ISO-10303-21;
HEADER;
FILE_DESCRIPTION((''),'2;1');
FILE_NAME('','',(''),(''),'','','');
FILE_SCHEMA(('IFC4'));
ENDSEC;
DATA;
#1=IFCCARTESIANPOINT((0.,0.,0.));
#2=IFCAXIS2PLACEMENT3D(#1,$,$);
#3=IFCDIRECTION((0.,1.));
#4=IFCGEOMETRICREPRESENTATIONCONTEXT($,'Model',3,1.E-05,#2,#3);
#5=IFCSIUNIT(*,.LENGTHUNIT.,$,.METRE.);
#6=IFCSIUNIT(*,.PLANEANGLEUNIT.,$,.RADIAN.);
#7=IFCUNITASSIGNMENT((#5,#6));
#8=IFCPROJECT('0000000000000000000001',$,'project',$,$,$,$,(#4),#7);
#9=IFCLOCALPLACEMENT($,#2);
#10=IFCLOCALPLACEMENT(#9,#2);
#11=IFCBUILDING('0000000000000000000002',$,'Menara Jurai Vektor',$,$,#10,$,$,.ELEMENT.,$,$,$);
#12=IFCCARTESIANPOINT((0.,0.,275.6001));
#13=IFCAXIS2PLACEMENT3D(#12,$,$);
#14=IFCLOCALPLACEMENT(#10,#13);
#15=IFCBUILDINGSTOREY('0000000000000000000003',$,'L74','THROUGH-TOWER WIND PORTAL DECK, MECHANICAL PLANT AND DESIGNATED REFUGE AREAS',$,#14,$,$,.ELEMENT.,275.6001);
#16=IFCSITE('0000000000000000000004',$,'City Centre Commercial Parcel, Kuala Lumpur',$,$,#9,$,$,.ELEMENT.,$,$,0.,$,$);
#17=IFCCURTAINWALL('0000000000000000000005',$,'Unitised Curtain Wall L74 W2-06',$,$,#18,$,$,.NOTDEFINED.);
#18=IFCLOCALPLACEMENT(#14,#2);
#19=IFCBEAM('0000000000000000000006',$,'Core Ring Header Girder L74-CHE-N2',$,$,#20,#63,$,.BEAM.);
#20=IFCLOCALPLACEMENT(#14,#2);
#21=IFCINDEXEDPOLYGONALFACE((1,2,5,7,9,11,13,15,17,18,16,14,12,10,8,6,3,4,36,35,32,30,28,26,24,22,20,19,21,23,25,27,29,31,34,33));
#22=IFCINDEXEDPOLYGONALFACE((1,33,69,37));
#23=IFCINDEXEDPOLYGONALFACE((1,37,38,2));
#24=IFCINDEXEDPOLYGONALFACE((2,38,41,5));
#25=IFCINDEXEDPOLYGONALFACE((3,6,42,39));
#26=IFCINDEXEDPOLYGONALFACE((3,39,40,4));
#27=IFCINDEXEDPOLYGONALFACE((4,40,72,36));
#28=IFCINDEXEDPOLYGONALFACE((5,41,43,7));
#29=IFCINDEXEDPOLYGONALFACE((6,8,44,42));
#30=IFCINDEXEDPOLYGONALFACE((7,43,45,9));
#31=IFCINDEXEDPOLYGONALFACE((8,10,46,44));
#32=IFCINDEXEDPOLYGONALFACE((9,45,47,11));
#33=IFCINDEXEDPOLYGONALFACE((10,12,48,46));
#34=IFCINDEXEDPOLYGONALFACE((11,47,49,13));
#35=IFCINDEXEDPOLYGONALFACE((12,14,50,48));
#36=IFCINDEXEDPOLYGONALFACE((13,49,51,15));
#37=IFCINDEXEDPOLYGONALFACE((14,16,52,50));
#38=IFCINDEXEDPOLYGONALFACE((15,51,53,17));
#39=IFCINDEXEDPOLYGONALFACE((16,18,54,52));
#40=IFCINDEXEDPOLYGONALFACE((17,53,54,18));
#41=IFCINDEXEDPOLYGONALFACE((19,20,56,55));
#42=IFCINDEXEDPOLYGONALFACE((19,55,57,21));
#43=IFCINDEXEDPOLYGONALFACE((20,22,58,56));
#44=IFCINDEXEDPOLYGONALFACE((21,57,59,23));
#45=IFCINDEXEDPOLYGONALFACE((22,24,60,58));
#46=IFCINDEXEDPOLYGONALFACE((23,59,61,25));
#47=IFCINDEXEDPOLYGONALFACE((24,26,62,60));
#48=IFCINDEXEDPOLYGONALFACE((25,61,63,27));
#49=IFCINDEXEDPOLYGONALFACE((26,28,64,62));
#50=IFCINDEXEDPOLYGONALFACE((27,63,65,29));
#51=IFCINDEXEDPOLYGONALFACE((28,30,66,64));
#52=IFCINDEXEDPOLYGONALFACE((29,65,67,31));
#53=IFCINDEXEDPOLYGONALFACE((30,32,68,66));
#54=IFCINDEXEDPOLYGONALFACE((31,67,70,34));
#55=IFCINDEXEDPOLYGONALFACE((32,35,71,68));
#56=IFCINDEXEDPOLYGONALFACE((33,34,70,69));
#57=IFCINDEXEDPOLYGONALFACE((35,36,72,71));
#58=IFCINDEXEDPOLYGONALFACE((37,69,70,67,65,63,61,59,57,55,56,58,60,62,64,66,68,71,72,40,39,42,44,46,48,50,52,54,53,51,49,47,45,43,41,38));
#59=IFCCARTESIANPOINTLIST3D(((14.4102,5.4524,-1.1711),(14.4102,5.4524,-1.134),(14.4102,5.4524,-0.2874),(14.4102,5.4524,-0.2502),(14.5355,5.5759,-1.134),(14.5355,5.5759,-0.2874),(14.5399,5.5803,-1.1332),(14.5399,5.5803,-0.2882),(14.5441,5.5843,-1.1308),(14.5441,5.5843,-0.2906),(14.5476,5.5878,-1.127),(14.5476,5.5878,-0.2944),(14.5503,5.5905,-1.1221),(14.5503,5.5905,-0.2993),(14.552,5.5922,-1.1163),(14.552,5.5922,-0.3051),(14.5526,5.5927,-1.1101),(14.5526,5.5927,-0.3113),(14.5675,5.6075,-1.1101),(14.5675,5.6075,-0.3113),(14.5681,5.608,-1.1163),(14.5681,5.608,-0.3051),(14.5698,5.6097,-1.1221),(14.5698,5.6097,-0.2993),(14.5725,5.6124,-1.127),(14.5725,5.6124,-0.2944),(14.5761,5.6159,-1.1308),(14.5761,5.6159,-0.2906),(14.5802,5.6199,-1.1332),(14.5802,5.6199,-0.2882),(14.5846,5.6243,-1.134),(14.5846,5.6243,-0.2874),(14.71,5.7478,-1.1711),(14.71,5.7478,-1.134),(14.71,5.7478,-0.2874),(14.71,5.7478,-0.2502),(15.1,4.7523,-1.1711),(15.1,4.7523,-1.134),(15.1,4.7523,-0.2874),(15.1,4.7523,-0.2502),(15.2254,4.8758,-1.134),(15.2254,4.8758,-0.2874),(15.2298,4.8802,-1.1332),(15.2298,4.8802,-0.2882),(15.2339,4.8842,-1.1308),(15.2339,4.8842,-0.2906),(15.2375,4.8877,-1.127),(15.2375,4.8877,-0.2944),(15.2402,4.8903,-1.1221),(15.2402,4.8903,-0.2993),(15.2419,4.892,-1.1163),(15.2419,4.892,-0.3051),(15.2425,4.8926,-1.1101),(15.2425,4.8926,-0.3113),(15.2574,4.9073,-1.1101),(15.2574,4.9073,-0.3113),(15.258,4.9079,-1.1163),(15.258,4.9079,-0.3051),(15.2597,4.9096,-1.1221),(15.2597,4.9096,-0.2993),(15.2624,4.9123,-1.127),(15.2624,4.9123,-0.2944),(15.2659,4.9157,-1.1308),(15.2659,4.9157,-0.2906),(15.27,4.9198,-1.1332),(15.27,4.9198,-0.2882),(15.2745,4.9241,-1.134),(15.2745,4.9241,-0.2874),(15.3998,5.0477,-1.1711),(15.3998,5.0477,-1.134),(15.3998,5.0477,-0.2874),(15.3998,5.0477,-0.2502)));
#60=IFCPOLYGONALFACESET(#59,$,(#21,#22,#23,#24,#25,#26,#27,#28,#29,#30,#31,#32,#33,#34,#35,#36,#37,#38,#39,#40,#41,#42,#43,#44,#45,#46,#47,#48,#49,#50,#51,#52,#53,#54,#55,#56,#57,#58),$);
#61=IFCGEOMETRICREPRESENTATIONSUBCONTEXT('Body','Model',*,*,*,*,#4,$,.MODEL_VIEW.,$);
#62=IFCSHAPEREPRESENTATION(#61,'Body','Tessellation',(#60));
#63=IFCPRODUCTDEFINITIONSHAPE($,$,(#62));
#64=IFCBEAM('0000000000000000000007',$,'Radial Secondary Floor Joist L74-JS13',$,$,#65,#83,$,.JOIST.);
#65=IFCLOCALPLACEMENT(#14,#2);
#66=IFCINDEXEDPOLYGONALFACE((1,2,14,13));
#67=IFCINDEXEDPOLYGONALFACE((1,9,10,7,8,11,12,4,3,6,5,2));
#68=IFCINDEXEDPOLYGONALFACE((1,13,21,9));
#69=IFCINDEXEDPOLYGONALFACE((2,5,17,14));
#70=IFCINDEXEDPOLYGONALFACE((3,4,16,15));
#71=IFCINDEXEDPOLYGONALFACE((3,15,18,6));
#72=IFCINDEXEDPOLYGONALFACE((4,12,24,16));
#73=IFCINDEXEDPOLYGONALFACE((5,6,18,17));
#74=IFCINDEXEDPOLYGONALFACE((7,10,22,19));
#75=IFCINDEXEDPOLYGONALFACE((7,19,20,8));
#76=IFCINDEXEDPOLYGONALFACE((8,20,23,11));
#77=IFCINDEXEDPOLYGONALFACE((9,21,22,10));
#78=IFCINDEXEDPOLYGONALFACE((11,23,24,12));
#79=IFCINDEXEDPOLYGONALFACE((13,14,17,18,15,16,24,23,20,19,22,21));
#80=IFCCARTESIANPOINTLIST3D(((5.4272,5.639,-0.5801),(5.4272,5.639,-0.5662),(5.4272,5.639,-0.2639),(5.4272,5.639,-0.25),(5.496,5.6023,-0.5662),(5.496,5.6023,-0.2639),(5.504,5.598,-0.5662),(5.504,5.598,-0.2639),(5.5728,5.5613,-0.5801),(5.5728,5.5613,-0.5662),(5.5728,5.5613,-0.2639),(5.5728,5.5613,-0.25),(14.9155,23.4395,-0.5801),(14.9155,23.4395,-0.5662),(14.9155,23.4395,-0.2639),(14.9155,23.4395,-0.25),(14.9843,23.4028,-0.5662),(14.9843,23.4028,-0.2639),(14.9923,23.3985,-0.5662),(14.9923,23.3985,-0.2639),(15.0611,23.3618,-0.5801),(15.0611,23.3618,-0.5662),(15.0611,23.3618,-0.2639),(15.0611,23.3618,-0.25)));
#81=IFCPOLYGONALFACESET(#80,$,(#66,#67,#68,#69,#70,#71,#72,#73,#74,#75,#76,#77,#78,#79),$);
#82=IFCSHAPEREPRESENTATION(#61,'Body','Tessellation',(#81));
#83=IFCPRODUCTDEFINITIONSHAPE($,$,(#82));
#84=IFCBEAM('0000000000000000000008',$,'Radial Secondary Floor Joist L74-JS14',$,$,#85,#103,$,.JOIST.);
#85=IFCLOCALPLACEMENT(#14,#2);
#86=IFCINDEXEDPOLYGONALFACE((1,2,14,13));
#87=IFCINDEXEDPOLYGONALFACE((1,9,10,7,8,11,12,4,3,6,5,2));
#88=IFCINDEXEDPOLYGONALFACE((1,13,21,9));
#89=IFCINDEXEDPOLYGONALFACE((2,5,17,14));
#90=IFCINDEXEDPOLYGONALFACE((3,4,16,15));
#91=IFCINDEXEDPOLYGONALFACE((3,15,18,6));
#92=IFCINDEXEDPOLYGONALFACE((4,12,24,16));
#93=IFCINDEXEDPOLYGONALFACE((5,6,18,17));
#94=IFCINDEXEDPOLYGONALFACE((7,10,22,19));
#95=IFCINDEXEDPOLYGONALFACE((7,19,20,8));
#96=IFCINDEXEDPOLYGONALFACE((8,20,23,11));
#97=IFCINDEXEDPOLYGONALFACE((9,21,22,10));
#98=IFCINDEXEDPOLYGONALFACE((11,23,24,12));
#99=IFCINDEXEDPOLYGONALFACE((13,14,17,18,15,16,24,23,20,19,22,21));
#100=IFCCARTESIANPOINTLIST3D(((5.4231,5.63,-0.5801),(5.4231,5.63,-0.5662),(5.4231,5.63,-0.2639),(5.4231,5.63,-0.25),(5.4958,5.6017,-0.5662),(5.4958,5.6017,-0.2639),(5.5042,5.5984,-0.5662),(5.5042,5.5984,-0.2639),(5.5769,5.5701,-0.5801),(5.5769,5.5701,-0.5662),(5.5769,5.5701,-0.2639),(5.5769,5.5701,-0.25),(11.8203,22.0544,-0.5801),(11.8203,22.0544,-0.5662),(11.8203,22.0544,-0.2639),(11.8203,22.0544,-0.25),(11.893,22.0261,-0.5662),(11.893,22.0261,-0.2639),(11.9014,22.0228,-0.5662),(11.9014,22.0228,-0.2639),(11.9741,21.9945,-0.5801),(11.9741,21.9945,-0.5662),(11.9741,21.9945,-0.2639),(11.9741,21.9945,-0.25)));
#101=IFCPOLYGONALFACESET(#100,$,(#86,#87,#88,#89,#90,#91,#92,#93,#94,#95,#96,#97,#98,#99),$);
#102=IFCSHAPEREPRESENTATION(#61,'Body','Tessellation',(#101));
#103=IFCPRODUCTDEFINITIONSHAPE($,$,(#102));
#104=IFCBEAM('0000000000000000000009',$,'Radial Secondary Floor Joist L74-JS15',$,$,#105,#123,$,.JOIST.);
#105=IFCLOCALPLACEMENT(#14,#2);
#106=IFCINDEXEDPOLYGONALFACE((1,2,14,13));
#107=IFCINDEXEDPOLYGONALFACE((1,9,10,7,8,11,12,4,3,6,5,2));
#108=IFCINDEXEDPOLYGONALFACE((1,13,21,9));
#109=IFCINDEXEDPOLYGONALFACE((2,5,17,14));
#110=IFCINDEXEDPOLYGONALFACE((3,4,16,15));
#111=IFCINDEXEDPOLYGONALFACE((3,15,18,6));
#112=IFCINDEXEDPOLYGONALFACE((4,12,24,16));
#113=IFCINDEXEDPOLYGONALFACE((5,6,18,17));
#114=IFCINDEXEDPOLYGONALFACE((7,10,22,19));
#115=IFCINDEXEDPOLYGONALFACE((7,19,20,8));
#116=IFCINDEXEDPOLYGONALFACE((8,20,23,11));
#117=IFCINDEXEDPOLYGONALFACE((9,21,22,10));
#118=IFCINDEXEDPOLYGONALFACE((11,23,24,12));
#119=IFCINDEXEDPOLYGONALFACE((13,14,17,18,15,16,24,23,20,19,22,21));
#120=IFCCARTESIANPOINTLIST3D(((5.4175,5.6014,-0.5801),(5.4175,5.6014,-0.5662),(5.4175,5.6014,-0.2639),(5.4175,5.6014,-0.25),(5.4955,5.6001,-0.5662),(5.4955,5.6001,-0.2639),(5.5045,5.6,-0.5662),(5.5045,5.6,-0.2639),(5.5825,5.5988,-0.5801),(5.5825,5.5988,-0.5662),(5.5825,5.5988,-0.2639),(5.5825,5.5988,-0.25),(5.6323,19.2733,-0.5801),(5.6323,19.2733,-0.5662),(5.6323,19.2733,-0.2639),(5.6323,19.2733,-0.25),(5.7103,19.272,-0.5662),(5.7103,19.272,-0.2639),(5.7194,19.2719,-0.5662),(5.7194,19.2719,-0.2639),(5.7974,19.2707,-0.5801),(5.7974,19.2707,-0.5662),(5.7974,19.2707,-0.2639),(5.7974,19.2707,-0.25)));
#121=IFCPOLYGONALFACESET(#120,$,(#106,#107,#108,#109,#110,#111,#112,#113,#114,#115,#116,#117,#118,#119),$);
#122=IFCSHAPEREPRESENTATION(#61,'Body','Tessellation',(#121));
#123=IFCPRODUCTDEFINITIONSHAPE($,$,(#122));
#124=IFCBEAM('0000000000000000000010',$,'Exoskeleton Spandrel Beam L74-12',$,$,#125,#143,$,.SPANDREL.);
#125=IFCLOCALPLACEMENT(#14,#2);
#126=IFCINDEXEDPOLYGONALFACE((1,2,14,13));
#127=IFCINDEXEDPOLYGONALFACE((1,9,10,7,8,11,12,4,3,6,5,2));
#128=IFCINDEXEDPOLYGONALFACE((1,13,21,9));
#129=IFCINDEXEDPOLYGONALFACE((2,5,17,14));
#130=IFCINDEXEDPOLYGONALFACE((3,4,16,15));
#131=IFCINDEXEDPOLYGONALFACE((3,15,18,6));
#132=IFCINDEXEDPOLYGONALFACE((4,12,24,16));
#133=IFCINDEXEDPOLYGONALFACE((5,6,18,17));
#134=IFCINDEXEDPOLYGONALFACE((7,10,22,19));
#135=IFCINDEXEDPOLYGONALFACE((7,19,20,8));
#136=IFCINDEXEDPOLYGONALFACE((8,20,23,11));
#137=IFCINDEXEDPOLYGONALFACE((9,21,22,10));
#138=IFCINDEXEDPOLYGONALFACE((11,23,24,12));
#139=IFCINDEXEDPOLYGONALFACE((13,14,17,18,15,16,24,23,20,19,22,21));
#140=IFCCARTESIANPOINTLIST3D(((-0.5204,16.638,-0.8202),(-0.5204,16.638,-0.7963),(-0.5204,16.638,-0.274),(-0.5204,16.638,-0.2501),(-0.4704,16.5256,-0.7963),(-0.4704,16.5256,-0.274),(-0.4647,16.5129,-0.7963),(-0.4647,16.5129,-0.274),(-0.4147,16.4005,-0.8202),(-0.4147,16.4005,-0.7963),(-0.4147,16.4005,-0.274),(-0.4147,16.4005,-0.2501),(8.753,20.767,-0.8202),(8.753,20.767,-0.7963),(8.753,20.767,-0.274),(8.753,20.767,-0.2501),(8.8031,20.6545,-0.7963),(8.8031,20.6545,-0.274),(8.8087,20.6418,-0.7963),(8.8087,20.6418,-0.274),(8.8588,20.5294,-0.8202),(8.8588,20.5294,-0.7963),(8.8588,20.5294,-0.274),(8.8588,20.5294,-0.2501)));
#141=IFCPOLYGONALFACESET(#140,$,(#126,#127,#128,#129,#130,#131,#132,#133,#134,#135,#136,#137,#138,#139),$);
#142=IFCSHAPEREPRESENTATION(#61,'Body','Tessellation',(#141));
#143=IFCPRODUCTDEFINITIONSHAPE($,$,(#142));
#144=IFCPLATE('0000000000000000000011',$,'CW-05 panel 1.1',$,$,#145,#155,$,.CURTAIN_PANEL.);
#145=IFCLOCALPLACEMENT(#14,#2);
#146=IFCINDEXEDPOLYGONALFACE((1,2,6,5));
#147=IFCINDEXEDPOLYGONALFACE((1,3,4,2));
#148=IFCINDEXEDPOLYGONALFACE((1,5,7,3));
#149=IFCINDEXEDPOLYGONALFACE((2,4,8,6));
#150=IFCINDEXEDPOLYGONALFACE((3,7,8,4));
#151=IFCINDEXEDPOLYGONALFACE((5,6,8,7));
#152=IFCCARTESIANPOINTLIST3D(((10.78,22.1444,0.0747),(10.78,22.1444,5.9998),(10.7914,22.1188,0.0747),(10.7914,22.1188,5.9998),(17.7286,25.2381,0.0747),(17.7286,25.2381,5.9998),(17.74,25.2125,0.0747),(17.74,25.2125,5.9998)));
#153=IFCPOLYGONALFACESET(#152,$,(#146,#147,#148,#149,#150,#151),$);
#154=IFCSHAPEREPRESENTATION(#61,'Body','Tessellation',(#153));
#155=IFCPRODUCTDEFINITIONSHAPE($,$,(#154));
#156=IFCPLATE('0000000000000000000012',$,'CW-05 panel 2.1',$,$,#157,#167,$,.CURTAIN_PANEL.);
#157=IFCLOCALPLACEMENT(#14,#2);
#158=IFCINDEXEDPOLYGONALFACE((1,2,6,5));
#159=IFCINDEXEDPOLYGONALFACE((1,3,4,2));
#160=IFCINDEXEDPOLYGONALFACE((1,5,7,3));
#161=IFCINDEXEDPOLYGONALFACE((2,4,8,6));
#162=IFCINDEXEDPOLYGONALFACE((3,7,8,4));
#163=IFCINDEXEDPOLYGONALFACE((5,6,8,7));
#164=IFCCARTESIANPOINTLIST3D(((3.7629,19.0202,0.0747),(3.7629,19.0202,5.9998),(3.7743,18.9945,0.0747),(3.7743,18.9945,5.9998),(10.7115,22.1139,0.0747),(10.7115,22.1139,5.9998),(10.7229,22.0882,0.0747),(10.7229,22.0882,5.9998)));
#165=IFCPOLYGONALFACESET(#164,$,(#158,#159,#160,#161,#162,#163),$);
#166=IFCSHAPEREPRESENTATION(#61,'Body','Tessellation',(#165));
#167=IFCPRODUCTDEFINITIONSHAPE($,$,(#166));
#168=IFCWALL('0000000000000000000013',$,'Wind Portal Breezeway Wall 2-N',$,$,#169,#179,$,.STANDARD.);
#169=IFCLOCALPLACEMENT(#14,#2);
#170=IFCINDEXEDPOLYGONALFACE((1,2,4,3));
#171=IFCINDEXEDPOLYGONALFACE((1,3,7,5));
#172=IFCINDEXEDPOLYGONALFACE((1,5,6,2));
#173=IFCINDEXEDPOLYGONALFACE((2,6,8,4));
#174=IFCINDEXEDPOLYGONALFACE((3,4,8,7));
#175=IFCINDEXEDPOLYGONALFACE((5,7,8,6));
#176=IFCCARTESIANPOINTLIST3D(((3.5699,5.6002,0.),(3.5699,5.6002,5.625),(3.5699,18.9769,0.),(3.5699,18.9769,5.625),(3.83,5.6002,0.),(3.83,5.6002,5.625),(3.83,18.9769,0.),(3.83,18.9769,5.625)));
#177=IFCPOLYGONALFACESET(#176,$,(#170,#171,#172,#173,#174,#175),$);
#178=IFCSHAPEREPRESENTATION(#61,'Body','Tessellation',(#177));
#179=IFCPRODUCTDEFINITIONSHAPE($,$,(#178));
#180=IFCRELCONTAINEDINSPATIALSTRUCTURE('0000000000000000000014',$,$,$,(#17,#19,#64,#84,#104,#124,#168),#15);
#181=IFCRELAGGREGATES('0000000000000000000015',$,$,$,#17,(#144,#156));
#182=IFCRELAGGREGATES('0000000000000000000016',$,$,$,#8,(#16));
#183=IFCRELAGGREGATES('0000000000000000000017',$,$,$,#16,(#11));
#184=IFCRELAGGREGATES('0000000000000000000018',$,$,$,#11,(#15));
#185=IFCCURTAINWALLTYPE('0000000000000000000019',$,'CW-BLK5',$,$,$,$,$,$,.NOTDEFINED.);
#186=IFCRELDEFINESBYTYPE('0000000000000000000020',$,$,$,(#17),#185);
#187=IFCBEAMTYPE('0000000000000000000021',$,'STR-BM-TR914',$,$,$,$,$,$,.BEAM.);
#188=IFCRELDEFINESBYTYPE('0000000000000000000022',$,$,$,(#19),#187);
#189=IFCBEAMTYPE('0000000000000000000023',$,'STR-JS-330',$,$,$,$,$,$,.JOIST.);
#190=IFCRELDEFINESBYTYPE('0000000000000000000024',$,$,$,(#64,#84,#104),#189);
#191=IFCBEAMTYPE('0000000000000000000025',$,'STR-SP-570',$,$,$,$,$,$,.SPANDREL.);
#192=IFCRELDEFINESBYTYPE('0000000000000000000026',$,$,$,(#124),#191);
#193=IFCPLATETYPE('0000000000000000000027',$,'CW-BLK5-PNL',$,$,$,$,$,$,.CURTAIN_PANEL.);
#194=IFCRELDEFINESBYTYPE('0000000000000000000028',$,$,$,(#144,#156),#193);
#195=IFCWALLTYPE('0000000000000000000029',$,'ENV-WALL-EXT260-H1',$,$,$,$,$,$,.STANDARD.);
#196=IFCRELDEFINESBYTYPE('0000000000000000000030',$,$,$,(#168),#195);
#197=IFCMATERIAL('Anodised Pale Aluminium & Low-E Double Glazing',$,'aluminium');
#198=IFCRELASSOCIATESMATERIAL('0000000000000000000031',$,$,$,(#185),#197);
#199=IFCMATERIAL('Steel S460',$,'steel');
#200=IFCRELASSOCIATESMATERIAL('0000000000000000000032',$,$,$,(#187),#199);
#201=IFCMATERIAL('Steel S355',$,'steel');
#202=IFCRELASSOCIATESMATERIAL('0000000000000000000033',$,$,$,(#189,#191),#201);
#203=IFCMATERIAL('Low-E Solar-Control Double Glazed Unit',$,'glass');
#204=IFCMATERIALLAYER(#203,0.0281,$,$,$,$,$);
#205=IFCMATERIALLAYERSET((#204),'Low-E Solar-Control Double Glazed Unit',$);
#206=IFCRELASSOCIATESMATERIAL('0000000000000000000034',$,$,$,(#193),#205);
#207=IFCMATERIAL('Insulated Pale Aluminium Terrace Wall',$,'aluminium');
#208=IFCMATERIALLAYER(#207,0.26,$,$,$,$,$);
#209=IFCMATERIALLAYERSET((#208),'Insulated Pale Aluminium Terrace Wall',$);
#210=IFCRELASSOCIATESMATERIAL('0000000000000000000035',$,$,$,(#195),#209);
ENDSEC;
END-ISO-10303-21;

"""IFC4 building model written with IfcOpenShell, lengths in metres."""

from ifc_helpers import new_model, si_unit, direction, frame, frame_2d, origin, origin_2d, place, context, subcontext, project, spatial, rectangle, i_section, extrude, material, layer, layer_set, material_profile, profile_set, type_object, element, aggregate, save


model = new_model("IFC4")

# Units and contexts
model_context = context("Model", 3, precision=1e-05, world=origin(), true_north=direction((0.0, 1.0)))
body_context = subcontext(model_context, "Body", "Model", "MODEL_VIEW")
ifc_project = project(units=[si_unit("LENGTHUNIT", "METRE"), si_unit("PLANEANGLEUNIT", "RADIAN")], contexts=[model_context])

# Site, building, storey
site_placement = place(None, origin())
site = spatial("IfcSite", under=ifc_project, at=site_placement, Name="City Centre Commercial Parcel, Kuala Lumpur", CompositionType="ELEMENT", RefElevation=0.0)
building_placement = place(site_placement, origin())
building = spatial("IfcBuilding", under=site, at=building_placement, Name="Menara Jurai Vektor", CompositionType="ELEMENT")
storey_placement = place(building_placement, frame((0.0, 0.0, 275.6001)))
storey = spatial("IfcBuildingStorey", under=building, at=storey_placement, Name="L74", Description="THROUGH-TOWER WIND PORTAL DECK, MECHANICAL PLANT AND DESIGNATED REFUGE AREAS", CompositionType="ELEMENT", Elevation=275.6001)

# Shared definitions
ifc_material_1 = material(Name="Steel S460", Category="steel")
ifc_material_2 = material(Name="Steel S355", Category="steel")

# Curtain wall
ifc_material_3 = material(Name="Anodised Pale Aluminium & Low-E Double Glazing", Category="aluminium")
curtain_wall_type = type_object("IfcCurtainWallType", Name="CW-BLK5", PredefinedType="NOTDEFINED", material=ifc_material_3)
curtain_wall_placement = place(storey_placement, origin())
curtain_wall = element("IfcCurtainWall", 1, at=curtain_wall_placement, inside=storey, type_object=curtain_wall_type, Name="Unitised Curtain Wall L74 W2-06", PredefinedType="NOTDEFINED")

# Beams
ifc_material_profile_1 = material_profile(ifc_material_1, i_section(OverallWidth=0.4209, OverallDepth=0.9209, WebThickness=0.021, FlangeThickness=0.0371, FilletRadius=0.0239, at=origin_2d()), Name="UKB 914x419x388")
ifc_profile_set_1 = profile_set([ifc_material_profile_1], Name="Steel S460")
beam_type_1 = type_object("IfcBeamType", Name="STR-BM-TR914", PredefinedType="BEAM", material=ifc_profile_set_1)
beam_1_placement = place(storey_placement, frame((14.5601, 5.6001, -0.7107), z_axis=(0.701872, -0.712303, 0.0), x_axis=(0.712303, 0.701872, 0.0)))
element("IfcBeam", 2, at=beam_1_placement, inside=storey, type_object=beam_type_1, Name="Core Ring Header Girder L74-CHE-N2", PredefinedType="BEAM", context=body_context, shape_type="SweptSolid", body=[
    extrude(i_section(OverallWidth=0.4209, OverallDepth=0.9209, WebThickness=0.021, FlangeThickness=0.0371, FilletRadius=0.0239, at=origin_2d()), origin(), (0.0, 0.0, 1.0), 0.9829),
])
ifc_material_profile_2 = material_profile(ifc_material_2, i_section(OverallWidth=0.165, OverallDepth=0.3301, WebThickness=0.009, FlangeThickness=0.0139, at=origin_2d()), Name="PG 330x165x46")
ifc_profile_set_2 = profile_set([ifc_material_profile_2], Name="Steel S355")
beam_type_2 = type_object("IfcBeamType", Name="STR-JS-330", PredefinedType="JOIST", material=ifc_profile_set_2)
beam_2_placement = place(storey_placement, frame((14.9883, 23.4006, -0.415), z_axis=(-0.470382, -0.882463, 0.0), x_axis=(0.882463, -0.470382, 0.0)))
element("IfcBeam", 3, at=beam_2_placement, inside=storey, type_object=beam_type_2, Name="Radial Secondary Floor Joist L74-JS13", PredefinedType="JOIST", context=body_context, shape_type="SweptSolid", body=[
    extrude(i_section(OverallWidth=0.165, OverallDepth=0.3301, WebThickness=0.009, FlangeThickness=0.0139, at=origin_2d()), origin(), (0.0, 0.0, 1.0), 20.1714),
])
beam_3_placement = place(storey_placement, frame((11.8972, 22.0244, -0.415), z_axis=(-0.362938, -0.931813, 0.0), x_axis=(0.931813, -0.362938, 0.0)))
element("IfcBeam", 4, at=beam_3_placement, inside=storey, type_object=beam_type_2, Name="Radial Secondary Floor Joist L74-JS14", PredefinedType="JOIST", context=body_context, shape_type="SweptSolid", body=[
    extrude(i_section(OverallWidth=0.165, OverallDepth=0.3301, WebThickness=0.009, FlangeThickness=0.0139, at=origin_2d()), origin(), (0.0, 0.0, 1.0), 17.6262),
])
beam_4_placement = place(storey_placement, frame((5.7148, 19.272, -0.415), z_axis=(-0.015712, -0.999877, 0.0), x_axis=(0.999877, -0.015712, 0.0)))
element("IfcBeam", 5, at=beam_4_placement, inside=storey, type_object=beam_type_2, Name="Radial Secondary Floor Joist L74-JS15", PredefinedType="JOIST", context=body_context, shape_type="SweptSolid", body=[
    extrude(i_section(OverallWidth=0.165, OverallDepth=0.3301, WebThickness=0.009, FlangeThickness=0.0139, at=origin_2d()), origin(), (0.0, 0.0, 1.0), 13.6736),
])
ifc_material_profile_3 = material_profile(ifc_material_2, i_section(OverallWidth=0.26, OverallDepth=0.5701, WebThickness=0.0139, FlangeThickness=0.0239, at=origin_2d()), Name="PG 570x260x145")
ifc_profile_set_3 = profile_set([ifc_material_profile_3], Name="Steel S355")
beam_type_3 = type_object("IfcBeamType", Name="STR-SP-570", PredefinedType="SPANDREL", material=ifc_profile_set_3)
beam_5_placement = place(storey_placement, frame((8.8059, 20.6482, -0.5352), z_axis=(-0.913542, -0.406745, 0.0), x_axis=(0.406745, -0.913542, 0.0)))
element("IfcBeam", 6, at=beam_5_placement, inside=storey, type_object=beam_type_3, Name="Exoskeleton Spandrel Beam L74-12", PredefinedType="SPANDREL", context=body_context, shape_type="SweptSolid", body=[
    extrude(i_section(OverallWidth=0.26, OverallDepth=0.5701, WebThickness=0.0139, FlangeThickness=0.0239, at=origin_2d()), origin(), (0.0, 0.0, 1.0), 10.1511),
])

# Plates
ifc_material_4 = material(Name="Low-E Solar-Control Double Glazed Unit", Category="glass")
ifc_layer_1 = layer(ifc_material_4, 0.0281)
ifc_layer_set_1 = layer_set([ifc_layer_1], Name="Low-E Solar-Control Double Glazed Unit")
plate_type = type_object("IfcPlateType", Name="CW-BLK5-PNL", PredefinedType="CURTAIN_PANEL", material=ifc_layer_set_1)
plate_1_placement = place(storey_placement, frame((14.26, 23.6785, 0.0747), z_axis=(0.0, 0.0, 1.0), x_axis=(-0.913547, -0.406733, 0.0)))
plate_1 = element("IfcPlate", 7, at=plate_1_placement, type_object=plate_type, Name="CW-05 panel 1.1", PredefinedType="CURTAIN_PANEL", context=body_context, shape_type="SweptSolid", body=[
    extrude(rectangle(XDim=7.6062, YDim=0.0281, at=origin_2d()), origin(), (0.0, 0.0, 1.0), 5.925),
])
plate_2_placement = place(storey_placement, frame((7.2429, 20.5542, 0.0747), z_axis=(0.0, 0.0, 1.0), x_axis=(-0.913547, -0.406733, 0.0)))
plate_2 = element("IfcPlate", 8, at=plate_2_placement, type_object=plate_type, Name="CW-05 panel 2.1", PredefinedType="CURTAIN_PANEL", context=body_context, shape_type="SweptSolid", body=[
    extrude(rectangle(XDim=7.6062, YDim=0.0281, at=origin_2d()), origin(), (0.0, 0.0, 1.0), 5.925),
])
aggregate(curtain_wall, [plate_1, plate_2])

# Wall
ifc_material_5 = material(Name="Insulated Pale Aluminium Terrace Wall", Category="aluminium")
ifc_layer_2 = layer(ifc_material_5, 0.26)
ifc_layer_set_2 = layer_set([ifc_layer_2], Name="Insulated Pale Aluminium Terrace Wall")
wall_type_1 = type_object("IfcWallType", Name="ENV-WALL-EXT260-H1", PredefinedType="STANDARD", material=ifc_layer_set_2)
wall_1_placement = place(storey_placement, frame((3.7, 5.6001, 0.0), z_axis=(0.0, 0.0, 1.0), x_axis=(0.0, 1.0, 0.0)))
element("IfcWall", 9, at=wall_1_placement, inside=storey, type_object=wall_type_1, Name="Wind Portal Breezeway Wall 2-N", PredefinedType="STANDARD", context=body_context, shape_type="SweptSolid", body=[
    extrude(rectangle(XDim=13.3767, YDim=0.26, at=frame_2d((6.6885, 0.0))), origin(), (0.0, 0.0, 1.0), 5.625),
])

save(model, "model.ifc")
